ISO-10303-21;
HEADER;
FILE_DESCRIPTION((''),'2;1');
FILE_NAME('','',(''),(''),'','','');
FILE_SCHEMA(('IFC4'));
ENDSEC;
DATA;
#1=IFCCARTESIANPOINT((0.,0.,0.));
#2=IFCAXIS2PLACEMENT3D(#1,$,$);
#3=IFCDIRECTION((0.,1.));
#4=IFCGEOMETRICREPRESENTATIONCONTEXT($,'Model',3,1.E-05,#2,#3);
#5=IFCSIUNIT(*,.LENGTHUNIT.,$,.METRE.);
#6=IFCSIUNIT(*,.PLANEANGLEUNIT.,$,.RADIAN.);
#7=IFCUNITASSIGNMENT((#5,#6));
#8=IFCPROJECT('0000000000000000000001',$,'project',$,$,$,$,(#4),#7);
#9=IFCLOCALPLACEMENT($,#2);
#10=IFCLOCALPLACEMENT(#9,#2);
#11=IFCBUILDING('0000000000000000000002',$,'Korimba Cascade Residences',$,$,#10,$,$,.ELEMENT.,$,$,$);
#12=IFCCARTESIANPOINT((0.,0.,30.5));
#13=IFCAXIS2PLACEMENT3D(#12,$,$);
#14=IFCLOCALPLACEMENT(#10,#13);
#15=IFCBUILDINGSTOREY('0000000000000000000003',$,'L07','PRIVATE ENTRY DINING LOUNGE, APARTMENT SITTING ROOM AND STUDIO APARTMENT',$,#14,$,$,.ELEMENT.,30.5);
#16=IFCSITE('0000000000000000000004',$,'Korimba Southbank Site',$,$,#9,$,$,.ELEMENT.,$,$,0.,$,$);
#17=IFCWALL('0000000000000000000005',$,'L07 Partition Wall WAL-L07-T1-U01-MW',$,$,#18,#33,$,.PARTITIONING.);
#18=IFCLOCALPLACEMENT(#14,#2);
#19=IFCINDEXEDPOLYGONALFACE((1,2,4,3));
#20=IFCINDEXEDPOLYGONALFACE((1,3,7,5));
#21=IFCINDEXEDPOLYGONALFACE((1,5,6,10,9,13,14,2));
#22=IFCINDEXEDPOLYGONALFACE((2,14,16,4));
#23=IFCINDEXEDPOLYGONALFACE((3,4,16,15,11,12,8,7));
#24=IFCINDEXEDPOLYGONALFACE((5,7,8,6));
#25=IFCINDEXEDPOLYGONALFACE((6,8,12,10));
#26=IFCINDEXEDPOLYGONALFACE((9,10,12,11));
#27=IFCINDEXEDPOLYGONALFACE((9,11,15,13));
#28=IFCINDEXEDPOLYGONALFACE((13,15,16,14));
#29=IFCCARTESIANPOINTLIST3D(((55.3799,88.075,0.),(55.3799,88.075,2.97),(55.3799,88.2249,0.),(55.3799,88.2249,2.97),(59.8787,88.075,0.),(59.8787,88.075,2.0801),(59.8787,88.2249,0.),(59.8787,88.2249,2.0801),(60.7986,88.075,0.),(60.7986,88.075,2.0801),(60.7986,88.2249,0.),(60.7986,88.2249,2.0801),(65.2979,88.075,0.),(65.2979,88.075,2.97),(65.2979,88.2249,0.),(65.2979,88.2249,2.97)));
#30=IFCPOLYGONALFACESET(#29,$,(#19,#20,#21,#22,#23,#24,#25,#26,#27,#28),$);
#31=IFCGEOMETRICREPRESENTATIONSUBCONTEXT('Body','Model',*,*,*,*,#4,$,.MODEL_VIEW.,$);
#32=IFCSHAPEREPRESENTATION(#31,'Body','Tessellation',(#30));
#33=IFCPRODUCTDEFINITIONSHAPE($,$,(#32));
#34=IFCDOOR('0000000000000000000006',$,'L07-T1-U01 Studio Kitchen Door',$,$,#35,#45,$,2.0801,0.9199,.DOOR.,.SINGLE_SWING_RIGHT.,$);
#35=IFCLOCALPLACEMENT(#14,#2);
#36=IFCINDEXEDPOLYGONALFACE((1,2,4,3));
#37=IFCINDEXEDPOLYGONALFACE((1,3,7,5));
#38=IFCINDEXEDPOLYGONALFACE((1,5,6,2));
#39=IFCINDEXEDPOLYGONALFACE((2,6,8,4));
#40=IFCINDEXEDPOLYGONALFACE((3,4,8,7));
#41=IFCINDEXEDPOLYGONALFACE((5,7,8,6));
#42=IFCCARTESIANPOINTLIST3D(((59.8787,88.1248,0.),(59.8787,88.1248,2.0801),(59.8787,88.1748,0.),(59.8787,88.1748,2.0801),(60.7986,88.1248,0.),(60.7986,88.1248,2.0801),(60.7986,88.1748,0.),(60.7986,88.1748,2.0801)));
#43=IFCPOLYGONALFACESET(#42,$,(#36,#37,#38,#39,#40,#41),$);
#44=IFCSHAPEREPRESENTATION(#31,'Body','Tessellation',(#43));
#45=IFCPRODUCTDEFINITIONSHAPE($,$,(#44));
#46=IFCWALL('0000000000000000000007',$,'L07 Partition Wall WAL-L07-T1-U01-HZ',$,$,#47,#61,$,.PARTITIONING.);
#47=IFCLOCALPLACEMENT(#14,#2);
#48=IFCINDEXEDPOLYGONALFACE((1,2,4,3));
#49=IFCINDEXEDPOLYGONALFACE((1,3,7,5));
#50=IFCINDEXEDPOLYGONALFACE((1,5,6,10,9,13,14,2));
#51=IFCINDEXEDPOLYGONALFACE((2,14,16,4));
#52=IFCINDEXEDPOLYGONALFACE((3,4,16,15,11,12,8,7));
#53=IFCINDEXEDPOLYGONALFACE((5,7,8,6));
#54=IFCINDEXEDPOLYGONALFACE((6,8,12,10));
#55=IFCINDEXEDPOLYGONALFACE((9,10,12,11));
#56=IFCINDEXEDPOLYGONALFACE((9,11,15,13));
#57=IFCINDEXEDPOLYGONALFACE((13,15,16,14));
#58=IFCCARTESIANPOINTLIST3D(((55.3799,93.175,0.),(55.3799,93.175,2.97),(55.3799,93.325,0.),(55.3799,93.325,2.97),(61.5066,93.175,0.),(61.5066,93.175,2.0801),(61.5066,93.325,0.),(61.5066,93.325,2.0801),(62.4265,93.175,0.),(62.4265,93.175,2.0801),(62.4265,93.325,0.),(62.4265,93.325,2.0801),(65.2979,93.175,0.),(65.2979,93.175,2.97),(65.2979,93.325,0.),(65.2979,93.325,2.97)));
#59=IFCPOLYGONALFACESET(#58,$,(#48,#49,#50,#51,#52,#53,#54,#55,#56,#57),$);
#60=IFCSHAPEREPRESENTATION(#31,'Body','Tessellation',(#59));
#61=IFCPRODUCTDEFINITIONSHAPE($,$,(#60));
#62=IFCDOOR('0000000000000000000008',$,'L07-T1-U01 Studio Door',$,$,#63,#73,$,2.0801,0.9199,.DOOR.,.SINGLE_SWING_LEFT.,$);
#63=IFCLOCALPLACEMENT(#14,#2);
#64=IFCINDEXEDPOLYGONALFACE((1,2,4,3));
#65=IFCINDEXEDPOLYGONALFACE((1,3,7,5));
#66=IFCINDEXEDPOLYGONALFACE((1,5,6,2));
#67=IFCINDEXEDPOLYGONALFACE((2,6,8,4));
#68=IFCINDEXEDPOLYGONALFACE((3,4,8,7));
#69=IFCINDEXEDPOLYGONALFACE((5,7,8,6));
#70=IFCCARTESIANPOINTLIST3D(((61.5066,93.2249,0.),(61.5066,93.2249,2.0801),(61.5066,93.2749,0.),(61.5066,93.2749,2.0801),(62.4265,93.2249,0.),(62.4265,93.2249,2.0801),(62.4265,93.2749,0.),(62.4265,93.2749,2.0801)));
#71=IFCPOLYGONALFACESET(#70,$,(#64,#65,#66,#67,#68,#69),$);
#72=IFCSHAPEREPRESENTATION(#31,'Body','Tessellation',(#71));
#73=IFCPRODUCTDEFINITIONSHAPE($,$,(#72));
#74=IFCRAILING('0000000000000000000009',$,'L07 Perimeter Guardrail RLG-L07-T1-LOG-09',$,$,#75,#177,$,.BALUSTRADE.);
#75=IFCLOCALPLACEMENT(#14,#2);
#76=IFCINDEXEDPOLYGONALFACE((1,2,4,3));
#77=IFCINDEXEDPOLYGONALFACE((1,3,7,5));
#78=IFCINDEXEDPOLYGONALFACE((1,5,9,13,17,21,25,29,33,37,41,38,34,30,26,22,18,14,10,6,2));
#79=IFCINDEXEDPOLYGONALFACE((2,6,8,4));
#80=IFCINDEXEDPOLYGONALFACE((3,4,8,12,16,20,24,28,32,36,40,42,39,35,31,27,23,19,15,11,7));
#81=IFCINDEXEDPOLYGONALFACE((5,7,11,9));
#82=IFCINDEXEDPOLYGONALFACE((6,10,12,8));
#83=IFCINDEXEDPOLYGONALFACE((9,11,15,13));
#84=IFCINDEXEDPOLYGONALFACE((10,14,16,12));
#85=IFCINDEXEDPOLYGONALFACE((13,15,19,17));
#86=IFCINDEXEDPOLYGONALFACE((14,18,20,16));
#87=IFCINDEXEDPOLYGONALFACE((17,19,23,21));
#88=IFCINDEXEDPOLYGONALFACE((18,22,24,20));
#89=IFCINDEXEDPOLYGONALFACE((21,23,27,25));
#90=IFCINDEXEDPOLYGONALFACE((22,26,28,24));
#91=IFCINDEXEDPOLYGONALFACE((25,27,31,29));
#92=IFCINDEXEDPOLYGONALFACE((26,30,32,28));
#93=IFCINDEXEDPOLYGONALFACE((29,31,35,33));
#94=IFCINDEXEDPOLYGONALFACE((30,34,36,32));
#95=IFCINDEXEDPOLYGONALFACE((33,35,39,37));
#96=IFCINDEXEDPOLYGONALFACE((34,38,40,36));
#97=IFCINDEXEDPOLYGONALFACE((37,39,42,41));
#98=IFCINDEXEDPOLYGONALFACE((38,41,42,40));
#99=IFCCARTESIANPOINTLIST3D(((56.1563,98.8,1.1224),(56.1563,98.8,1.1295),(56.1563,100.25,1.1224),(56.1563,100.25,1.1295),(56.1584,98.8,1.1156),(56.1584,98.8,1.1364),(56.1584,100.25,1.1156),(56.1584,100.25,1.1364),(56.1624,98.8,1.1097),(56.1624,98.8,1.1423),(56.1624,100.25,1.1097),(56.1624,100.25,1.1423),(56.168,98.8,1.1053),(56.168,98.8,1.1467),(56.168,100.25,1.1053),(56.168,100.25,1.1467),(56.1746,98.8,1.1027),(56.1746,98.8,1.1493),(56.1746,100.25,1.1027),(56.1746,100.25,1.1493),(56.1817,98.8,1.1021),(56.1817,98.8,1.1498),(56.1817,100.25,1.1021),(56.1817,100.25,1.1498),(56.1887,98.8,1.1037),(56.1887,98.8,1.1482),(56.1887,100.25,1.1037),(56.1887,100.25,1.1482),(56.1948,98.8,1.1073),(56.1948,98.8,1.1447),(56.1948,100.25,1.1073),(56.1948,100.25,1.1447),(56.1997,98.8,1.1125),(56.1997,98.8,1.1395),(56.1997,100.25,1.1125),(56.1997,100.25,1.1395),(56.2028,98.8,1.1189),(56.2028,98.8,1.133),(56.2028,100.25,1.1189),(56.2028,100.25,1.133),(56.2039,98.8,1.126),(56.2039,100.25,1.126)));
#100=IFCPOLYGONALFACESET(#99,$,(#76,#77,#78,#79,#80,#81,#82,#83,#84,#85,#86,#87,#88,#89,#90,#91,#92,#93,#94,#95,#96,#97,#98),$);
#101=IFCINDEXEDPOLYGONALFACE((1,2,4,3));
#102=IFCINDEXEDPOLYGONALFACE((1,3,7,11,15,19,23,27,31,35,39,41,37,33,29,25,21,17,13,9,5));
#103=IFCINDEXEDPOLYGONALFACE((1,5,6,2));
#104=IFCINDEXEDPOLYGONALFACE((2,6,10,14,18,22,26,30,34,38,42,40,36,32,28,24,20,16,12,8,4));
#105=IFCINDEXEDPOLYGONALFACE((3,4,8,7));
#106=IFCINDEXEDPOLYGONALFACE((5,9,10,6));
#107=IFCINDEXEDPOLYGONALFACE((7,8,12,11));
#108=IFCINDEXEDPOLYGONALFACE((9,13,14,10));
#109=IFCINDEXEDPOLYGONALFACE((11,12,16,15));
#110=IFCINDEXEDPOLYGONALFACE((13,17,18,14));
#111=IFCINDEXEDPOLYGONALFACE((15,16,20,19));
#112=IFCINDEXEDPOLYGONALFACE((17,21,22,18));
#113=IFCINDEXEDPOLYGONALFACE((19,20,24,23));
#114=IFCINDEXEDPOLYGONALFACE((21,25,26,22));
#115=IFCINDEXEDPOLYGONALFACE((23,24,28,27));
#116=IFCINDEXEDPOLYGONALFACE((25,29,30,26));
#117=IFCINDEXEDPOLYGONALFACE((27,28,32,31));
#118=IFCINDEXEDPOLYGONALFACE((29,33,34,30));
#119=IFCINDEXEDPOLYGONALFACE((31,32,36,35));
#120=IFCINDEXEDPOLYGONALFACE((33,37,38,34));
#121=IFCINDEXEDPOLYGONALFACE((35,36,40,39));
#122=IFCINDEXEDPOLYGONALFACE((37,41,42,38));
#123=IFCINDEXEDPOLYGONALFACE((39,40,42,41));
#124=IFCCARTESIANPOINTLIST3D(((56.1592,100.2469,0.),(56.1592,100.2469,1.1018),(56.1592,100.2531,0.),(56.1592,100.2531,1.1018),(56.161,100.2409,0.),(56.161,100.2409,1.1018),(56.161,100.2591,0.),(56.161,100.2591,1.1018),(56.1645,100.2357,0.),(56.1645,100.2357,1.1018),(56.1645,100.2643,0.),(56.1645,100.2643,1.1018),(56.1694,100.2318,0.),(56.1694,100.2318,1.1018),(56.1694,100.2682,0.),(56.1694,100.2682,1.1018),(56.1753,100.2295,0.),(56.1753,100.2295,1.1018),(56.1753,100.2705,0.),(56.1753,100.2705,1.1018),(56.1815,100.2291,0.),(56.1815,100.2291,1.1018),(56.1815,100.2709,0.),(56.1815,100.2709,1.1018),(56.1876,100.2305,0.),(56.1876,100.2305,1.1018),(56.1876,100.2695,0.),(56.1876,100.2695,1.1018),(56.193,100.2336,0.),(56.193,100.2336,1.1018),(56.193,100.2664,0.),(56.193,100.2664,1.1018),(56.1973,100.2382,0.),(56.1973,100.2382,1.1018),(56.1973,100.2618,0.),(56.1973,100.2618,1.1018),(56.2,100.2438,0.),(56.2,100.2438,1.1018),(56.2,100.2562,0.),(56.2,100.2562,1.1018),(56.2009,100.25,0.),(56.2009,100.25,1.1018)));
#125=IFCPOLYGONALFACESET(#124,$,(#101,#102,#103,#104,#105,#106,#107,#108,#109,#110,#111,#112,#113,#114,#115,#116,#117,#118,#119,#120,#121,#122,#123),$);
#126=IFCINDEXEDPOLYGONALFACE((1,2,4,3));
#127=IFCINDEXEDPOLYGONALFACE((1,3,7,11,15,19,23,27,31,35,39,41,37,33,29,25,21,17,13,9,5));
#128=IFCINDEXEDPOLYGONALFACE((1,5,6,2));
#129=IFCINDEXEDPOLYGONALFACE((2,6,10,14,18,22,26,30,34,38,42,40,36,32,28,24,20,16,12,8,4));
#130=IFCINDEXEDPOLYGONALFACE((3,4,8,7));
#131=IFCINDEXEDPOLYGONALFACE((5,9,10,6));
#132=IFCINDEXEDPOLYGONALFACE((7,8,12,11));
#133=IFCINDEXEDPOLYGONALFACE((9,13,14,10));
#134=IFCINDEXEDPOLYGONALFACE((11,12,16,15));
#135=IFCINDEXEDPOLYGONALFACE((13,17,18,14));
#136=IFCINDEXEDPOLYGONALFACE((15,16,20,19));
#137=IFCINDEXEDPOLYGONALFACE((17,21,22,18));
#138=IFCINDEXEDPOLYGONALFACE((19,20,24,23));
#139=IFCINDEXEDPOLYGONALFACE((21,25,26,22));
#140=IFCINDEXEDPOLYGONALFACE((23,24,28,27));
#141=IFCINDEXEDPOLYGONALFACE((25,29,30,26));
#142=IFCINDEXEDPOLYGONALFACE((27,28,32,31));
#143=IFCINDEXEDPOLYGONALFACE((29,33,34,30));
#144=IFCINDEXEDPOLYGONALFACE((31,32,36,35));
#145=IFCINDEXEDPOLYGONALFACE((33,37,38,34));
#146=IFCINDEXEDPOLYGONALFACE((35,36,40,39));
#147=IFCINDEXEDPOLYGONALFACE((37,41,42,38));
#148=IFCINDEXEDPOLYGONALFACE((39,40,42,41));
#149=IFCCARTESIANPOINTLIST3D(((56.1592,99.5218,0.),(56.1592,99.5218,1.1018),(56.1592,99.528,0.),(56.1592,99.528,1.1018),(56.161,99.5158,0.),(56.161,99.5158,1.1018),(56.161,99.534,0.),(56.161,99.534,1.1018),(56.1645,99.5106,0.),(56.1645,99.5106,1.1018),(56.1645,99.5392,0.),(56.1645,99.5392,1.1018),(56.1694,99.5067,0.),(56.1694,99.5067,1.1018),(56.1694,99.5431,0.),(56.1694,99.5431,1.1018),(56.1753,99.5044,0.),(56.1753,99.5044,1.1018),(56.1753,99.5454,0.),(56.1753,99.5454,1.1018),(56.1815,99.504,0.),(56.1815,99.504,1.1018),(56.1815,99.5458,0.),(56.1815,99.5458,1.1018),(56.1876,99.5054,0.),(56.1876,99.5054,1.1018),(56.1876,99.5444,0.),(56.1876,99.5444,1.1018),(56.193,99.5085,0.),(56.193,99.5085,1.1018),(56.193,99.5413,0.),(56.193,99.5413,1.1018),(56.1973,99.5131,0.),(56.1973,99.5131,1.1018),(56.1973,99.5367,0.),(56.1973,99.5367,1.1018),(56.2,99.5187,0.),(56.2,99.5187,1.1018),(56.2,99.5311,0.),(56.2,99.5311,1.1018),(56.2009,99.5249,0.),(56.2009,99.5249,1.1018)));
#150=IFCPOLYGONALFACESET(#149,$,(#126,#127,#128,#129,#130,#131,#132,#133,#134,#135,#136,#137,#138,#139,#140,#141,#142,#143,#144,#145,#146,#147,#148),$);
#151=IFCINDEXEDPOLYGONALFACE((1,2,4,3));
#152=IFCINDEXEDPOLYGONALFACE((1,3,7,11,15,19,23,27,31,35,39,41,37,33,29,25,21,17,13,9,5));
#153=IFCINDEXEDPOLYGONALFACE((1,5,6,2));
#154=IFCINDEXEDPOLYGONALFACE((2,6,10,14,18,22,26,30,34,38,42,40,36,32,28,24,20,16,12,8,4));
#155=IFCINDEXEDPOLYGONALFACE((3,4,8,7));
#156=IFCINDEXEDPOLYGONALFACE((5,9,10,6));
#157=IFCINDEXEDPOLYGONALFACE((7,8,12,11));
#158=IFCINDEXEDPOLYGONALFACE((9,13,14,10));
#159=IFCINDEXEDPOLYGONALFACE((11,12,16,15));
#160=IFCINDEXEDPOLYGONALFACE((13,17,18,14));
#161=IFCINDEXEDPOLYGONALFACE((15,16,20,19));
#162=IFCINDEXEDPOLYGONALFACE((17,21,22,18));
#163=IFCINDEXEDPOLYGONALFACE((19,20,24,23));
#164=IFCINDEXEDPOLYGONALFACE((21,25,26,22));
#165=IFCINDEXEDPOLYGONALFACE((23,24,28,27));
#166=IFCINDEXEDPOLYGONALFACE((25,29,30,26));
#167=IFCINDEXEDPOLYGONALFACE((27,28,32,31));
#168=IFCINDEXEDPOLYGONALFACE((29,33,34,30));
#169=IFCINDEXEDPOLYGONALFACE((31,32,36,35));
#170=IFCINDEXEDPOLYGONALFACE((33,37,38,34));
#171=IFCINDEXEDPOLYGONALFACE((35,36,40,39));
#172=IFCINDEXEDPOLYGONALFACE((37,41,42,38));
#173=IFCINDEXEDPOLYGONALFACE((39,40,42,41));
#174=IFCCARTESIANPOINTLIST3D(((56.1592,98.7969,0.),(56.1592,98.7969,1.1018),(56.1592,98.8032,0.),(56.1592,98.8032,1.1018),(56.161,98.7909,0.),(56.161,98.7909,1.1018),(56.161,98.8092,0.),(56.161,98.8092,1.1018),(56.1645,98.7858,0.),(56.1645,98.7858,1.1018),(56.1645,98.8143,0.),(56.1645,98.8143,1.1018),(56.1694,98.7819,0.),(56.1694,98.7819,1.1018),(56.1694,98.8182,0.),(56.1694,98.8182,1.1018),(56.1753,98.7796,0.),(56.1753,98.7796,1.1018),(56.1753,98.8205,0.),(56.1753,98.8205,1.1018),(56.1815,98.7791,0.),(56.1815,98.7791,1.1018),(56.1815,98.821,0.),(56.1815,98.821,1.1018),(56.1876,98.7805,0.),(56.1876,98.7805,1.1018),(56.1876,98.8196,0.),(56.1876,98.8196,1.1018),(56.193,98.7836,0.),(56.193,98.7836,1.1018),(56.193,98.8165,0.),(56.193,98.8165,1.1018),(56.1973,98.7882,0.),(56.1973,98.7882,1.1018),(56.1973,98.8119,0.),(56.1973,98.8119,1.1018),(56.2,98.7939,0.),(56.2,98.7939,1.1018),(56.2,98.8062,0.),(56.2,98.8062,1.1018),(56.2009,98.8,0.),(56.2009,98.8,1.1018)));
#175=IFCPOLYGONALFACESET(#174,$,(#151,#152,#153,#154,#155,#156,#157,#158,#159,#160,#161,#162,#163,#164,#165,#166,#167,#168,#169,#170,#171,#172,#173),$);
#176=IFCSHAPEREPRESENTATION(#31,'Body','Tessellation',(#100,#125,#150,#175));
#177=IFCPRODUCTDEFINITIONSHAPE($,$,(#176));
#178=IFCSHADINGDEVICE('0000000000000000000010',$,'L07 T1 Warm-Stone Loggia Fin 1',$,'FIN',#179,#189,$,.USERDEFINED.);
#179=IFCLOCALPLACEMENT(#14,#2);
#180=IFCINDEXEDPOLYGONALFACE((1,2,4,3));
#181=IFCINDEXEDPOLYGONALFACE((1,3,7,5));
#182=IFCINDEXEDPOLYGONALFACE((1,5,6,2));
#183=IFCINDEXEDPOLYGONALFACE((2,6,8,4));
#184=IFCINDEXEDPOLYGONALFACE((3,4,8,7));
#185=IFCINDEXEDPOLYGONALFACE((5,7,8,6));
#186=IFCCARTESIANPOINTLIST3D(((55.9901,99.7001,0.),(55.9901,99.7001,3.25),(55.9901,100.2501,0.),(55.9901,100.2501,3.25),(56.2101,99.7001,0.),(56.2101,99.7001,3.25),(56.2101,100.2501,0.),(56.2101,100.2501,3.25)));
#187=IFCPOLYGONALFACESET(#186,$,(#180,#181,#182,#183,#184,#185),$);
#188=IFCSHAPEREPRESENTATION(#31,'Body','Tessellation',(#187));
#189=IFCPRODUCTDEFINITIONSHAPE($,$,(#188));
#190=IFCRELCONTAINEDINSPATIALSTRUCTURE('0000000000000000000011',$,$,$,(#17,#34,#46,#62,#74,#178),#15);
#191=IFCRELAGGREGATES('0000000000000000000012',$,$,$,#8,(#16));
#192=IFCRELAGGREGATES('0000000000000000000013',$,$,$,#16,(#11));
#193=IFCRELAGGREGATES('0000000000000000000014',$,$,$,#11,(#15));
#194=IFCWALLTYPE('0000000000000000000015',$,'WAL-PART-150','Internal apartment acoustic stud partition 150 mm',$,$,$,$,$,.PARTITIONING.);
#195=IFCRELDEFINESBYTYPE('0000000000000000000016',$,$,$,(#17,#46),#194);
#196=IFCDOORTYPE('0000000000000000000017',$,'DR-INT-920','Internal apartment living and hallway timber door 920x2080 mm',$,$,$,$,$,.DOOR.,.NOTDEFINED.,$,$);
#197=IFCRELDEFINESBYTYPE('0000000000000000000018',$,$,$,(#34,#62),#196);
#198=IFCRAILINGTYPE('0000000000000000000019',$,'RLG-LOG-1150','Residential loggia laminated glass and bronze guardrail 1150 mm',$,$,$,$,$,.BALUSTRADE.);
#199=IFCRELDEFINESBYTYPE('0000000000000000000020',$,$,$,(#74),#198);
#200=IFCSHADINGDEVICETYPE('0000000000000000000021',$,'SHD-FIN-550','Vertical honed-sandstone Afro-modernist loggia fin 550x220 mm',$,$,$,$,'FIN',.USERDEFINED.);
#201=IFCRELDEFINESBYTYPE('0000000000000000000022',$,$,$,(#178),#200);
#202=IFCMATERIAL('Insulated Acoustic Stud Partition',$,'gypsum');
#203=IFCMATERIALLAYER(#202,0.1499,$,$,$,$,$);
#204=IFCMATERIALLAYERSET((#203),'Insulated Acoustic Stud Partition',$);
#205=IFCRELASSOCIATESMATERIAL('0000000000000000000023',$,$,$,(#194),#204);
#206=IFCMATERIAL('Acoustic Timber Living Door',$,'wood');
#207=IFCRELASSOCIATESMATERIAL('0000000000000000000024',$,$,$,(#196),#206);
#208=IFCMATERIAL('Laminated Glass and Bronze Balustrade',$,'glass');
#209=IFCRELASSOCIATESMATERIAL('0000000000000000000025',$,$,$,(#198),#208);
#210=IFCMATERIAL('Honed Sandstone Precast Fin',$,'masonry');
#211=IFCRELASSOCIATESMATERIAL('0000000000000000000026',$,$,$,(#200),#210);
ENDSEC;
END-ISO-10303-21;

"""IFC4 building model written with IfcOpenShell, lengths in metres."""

from ifc_helpers import new_model, si_unit, direction, frame, frame_2d, origin, origin_2d, place, context, subcontext, project, spatial, rectangle, circle, extrude, material, layer, layer_set, type_object, element, fill, save


model = new_model("IFC4")

# Units and contexts
model_context = context("Model", 3, precision=1e-05, world=origin(), true_north=direction((0.0, 1.0)))
body_context = subcontext(model_context, "Body", "Model", "MODEL_VIEW")
ifc_project = project(units=[si_unit("LENGTHUNIT", "METRE"), si_unit("PLANEANGLEUNIT", "RADIAN")], contexts=[model_context])

# Site, building, storey
site_placement = place(None, origin())
site = spatial("IfcSite", under=ifc_project, at=site_placement, Name="Korimba Southbank Site", CompositionType="ELEMENT", RefElevation=0.0)
building_placement = place(site_placement, origin())
building = spatial("IfcBuilding", under=site, at=building_placement, Name="Korimba Cascade Residences", CompositionType="ELEMENT")
storey_placement = place(building_placement, frame((0.0, 0.0, 30.5)))
storey = spatial("IfcBuildingStorey", under=building, at=storey_placement, Name="L07", Description="PRIVATE ENTRY DINING LOUNGE, APARTMENT SITTING ROOM AND STUDIO APARTMENT", CompositionType="ELEMENT", Elevation=30.5)

# Walls, openings, doors
ifc_material_1 = material(Name="Insulated Acoustic Stud Partition", Category="gypsum")
ifc_layer_1 = layer(ifc_material_1, 0.1499)
ifc_layer_set_1 = layer_set([ifc_layer_1], Name="Insulated Acoustic Stud Partition")
wall_type_1 = type_object("IfcWallType", Name="WAL-PART-150", Description="Internal apartment acoustic stud partition 150 mm", PredefinedType="PARTITIONING", material=ifc_layer_set_1)
wall_1_placement = place(storey_placement, frame((55.3799, 88.1499, 0.0), z_axis=(0.0, 0.0, 1.0), x_axis=(1.0, 0.0, 0.0)))
wall_1 = element("IfcWall", 1, at=wall_1_placement, inside=storey, type_object=wall_type_1, Name="L07 Partition Wall WAL-L07-T1-U01-MW", PredefinedType="PARTITIONING", context=body_context, shape_type="SweptSolid", body=[
    extrude(rectangle(XDim=9.918, YDim=0.1499, at=frame_2d((4.959, 0.0))), origin(), (0.0, 0.0, 1.0), 2.97),
])
opening_1_placement = place(wall_1_placement, frame((4.4988, 0.0, 0.0)))
opening_1 = element("IfcOpeningElement", 2, at=opening_1_placement, cuts=wall_1, PredefinedType="OPENING", context=body_context, shape_type="SweptSolid", body=[
    extrude(rectangle(XDim=0.9199, YDim=2.0801, at=frame_2d((0.46, 1.04))), frame((0.0, 0.085, 0.0), z_axis=(0.0, -1.0, 0.0), x_axis=(1.0, 0.0, 0.0)), (0.0, 0.0, 1.0), 0.1699),
])
ifc_material_2 = material(Name="Acoustic Timber Living Door", Category="wood")
door_type_1 = type_object("IfcDoorType", Name="DR-INT-920", Description="Internal apartment living and hallway timber door 920x2080 mm", OperationType="NOTDEFINED", PredefinedType="DOOR", material=ifc_material_2)
door_1_placement = place(opening_1_placement, origin())
door_1 = element("IfcDoor", 3, at=door_1_placement, inside=storey, type_object=door_type_1, Name="L07-T1-U01 Studio Kitchen Door", OperationType="SINGLE_SWING_RIGHT", OverallHeight=2.0801, OverallWidth=0.9199, PredefinedType="DOOR", context=body_context, shape_type="SweptSolid", body=[
    extrude(rectangle(XDim=0.9199, YDim=2.0801, at=frame_2d((0.46, 1.04))), frame((0.0, 0.0249, 0.0), z_axis=(0.0, -1.0, 0.0), x_axis=(1.0, 0.0, 0.0)), (0.0, 0.0, 1.0), 0.05),
])
fill(opening_1, door_1)
wall_2_placement = place(storey_placement, frame((55.3799, 93.25, 0.0), z_axis=(0.0, 0.0, 1.0), x_axis=(1.0, 0.0, 0.0)))
wall_2 = element("IfcWall", 4, at=wall_2_placement, inside=storey, type_object=wall_type_1, Name="L07 Partition Wall WAL-L07-T1-U01-HZ", PredefinedType="PARTITIONING", context=body_context, shape_type="SweptSolid", body=[
    extrude(rectangle(XDim=9.918, YDim=0.1499, at=frame_2d((4.959, 0.0))), origin(), (0.0, 0.0, 1.0), 2.97),
])
opening_2_placement = place(wall_2_placement, frame((6.1267, 0.0, 0.0)))
opening_2 = element("IfcOpeningElement", 5, at=opening_2_placement, cuts=wall_2, PredefinedType="OPENING", context=body_context, shape_type="SweptSolid", body=[
    extrude(rectangle(XDim=0.9199, YDim=2.0801, at=frame_2d((0.46, 1.04))), frame((0.0, 0.085, 0.0), z_axis=(0.0, -1.0, 0.0), x_axis=(1.0, 0.0, 0.0)), (0.0, 0.0, 1.0), 0.1699),
])
door_2_placement = place(opening_2_placement, origin())
door_2 = element("IfcDoor", 6, at=door_2_placement, inside=storey, type_object=door_type_1, Name="L07-T1-U01 Studio Door", OperationType="SINGLE_SWING_LEFT", OverallHeight=2.0801, OverallWidth=0.9199, PredefinedType="DOOR", context=body_context, shape_type="SweptSolid", body=[
    extrude(rectangle(XDim=0.9199, YDim=2.0801, at=frame_2d((0.46, 1.04))), frame((0.0, 0.0249, 0.0), z_axis=(0.0, -1.0, 0.0), x_axis=(1.0, 0.0, 0.0)), (0.0, 0.0, 1.0), 0.05),
])
fill(opening_2, door_2)

# Railing
ifc_material_3 = material(Name="Laminated Glass and Bronze Balustrade", Category="glass")
railing_type = type_object("IfcRailingType", Name="RLG-LOG-1150", Description="Residential loggia laminated glass and bronze guardrail 1150 mm", PredefinedType="BALUSTRADE", material=ifc_material_3)
railing_placement = place(storey_placement, frame((56.1799, 100.25, 0.0)))
element("IfcRailing", 7, at=railing_placement, inside=storey, type_object=railing_type, Name="L07 Perimeter Guardrail RLG-L07-T1-LOG-09", PredefinedType="BALUSTRADE", context=body_context, shape_type="SweptSolid", body=[
    extrude(circle(Radius=0.0239, at=origin_2d()), frame((0.0, 0.0, 1.126), z_axis=(0.0, -1.0, 0.0), x_axis=(1.0, 0.0, 0.0)), (0.0, 0.0, 1.0), 1.45),
    extrude(circle(Radius=0.021, at=origin_2d()), origin(), (0.0, 0.0, 1.0), 1.1018),
    extrude(circle(Radius=0.021, at=origin_2d()), frame((0.0, -0.7251, 0.0)), (0.0, 0.0, 1.0), 1.1018),
    extrude(circle(Radius=0.021, at=origin_2d()), frame((0.0, -1.45, 0.0)), (0.0, 0.0, 1.0), 1.1018),
])

# Shading device
ifc_material_4 = material(Name="Honed Sandstone Precast Fin", Category="masonry")
shading_device_type = type_object("IfcShadingDeviceType", Name="SHD-FIN-550", Description="Vertical honed-sandstone Afro-modernist loggia fin 550x220 mm", ElementType="FIN", PredefinedType="USERDEFINED", material=ifc_material_4)
shading_device_placement = place(storey_placement, frame((56.1001, 99.9751, 0.0), z_axis=(0.0, 0.0, 1.0), x_axis=(1.0, 0.0, 0.0)))
element("IfcShadingDevice", 8, at=shading_device_placement, inside=storey, type_object=shading_device_type, Name="L07 T1 Warm-Stone Loggia Fin 1", ObjectType="FIN", PredefinedType="USERDEFINED", context=body_context, shape_type="SweptSolid", body=[
    extrude(rectangle(XDim=0.22, YDim=0.55, at=origin_2d()), origin(), (0.0, 0.0, 1.0), 3.25),
])

save(model, "model.ifc")
